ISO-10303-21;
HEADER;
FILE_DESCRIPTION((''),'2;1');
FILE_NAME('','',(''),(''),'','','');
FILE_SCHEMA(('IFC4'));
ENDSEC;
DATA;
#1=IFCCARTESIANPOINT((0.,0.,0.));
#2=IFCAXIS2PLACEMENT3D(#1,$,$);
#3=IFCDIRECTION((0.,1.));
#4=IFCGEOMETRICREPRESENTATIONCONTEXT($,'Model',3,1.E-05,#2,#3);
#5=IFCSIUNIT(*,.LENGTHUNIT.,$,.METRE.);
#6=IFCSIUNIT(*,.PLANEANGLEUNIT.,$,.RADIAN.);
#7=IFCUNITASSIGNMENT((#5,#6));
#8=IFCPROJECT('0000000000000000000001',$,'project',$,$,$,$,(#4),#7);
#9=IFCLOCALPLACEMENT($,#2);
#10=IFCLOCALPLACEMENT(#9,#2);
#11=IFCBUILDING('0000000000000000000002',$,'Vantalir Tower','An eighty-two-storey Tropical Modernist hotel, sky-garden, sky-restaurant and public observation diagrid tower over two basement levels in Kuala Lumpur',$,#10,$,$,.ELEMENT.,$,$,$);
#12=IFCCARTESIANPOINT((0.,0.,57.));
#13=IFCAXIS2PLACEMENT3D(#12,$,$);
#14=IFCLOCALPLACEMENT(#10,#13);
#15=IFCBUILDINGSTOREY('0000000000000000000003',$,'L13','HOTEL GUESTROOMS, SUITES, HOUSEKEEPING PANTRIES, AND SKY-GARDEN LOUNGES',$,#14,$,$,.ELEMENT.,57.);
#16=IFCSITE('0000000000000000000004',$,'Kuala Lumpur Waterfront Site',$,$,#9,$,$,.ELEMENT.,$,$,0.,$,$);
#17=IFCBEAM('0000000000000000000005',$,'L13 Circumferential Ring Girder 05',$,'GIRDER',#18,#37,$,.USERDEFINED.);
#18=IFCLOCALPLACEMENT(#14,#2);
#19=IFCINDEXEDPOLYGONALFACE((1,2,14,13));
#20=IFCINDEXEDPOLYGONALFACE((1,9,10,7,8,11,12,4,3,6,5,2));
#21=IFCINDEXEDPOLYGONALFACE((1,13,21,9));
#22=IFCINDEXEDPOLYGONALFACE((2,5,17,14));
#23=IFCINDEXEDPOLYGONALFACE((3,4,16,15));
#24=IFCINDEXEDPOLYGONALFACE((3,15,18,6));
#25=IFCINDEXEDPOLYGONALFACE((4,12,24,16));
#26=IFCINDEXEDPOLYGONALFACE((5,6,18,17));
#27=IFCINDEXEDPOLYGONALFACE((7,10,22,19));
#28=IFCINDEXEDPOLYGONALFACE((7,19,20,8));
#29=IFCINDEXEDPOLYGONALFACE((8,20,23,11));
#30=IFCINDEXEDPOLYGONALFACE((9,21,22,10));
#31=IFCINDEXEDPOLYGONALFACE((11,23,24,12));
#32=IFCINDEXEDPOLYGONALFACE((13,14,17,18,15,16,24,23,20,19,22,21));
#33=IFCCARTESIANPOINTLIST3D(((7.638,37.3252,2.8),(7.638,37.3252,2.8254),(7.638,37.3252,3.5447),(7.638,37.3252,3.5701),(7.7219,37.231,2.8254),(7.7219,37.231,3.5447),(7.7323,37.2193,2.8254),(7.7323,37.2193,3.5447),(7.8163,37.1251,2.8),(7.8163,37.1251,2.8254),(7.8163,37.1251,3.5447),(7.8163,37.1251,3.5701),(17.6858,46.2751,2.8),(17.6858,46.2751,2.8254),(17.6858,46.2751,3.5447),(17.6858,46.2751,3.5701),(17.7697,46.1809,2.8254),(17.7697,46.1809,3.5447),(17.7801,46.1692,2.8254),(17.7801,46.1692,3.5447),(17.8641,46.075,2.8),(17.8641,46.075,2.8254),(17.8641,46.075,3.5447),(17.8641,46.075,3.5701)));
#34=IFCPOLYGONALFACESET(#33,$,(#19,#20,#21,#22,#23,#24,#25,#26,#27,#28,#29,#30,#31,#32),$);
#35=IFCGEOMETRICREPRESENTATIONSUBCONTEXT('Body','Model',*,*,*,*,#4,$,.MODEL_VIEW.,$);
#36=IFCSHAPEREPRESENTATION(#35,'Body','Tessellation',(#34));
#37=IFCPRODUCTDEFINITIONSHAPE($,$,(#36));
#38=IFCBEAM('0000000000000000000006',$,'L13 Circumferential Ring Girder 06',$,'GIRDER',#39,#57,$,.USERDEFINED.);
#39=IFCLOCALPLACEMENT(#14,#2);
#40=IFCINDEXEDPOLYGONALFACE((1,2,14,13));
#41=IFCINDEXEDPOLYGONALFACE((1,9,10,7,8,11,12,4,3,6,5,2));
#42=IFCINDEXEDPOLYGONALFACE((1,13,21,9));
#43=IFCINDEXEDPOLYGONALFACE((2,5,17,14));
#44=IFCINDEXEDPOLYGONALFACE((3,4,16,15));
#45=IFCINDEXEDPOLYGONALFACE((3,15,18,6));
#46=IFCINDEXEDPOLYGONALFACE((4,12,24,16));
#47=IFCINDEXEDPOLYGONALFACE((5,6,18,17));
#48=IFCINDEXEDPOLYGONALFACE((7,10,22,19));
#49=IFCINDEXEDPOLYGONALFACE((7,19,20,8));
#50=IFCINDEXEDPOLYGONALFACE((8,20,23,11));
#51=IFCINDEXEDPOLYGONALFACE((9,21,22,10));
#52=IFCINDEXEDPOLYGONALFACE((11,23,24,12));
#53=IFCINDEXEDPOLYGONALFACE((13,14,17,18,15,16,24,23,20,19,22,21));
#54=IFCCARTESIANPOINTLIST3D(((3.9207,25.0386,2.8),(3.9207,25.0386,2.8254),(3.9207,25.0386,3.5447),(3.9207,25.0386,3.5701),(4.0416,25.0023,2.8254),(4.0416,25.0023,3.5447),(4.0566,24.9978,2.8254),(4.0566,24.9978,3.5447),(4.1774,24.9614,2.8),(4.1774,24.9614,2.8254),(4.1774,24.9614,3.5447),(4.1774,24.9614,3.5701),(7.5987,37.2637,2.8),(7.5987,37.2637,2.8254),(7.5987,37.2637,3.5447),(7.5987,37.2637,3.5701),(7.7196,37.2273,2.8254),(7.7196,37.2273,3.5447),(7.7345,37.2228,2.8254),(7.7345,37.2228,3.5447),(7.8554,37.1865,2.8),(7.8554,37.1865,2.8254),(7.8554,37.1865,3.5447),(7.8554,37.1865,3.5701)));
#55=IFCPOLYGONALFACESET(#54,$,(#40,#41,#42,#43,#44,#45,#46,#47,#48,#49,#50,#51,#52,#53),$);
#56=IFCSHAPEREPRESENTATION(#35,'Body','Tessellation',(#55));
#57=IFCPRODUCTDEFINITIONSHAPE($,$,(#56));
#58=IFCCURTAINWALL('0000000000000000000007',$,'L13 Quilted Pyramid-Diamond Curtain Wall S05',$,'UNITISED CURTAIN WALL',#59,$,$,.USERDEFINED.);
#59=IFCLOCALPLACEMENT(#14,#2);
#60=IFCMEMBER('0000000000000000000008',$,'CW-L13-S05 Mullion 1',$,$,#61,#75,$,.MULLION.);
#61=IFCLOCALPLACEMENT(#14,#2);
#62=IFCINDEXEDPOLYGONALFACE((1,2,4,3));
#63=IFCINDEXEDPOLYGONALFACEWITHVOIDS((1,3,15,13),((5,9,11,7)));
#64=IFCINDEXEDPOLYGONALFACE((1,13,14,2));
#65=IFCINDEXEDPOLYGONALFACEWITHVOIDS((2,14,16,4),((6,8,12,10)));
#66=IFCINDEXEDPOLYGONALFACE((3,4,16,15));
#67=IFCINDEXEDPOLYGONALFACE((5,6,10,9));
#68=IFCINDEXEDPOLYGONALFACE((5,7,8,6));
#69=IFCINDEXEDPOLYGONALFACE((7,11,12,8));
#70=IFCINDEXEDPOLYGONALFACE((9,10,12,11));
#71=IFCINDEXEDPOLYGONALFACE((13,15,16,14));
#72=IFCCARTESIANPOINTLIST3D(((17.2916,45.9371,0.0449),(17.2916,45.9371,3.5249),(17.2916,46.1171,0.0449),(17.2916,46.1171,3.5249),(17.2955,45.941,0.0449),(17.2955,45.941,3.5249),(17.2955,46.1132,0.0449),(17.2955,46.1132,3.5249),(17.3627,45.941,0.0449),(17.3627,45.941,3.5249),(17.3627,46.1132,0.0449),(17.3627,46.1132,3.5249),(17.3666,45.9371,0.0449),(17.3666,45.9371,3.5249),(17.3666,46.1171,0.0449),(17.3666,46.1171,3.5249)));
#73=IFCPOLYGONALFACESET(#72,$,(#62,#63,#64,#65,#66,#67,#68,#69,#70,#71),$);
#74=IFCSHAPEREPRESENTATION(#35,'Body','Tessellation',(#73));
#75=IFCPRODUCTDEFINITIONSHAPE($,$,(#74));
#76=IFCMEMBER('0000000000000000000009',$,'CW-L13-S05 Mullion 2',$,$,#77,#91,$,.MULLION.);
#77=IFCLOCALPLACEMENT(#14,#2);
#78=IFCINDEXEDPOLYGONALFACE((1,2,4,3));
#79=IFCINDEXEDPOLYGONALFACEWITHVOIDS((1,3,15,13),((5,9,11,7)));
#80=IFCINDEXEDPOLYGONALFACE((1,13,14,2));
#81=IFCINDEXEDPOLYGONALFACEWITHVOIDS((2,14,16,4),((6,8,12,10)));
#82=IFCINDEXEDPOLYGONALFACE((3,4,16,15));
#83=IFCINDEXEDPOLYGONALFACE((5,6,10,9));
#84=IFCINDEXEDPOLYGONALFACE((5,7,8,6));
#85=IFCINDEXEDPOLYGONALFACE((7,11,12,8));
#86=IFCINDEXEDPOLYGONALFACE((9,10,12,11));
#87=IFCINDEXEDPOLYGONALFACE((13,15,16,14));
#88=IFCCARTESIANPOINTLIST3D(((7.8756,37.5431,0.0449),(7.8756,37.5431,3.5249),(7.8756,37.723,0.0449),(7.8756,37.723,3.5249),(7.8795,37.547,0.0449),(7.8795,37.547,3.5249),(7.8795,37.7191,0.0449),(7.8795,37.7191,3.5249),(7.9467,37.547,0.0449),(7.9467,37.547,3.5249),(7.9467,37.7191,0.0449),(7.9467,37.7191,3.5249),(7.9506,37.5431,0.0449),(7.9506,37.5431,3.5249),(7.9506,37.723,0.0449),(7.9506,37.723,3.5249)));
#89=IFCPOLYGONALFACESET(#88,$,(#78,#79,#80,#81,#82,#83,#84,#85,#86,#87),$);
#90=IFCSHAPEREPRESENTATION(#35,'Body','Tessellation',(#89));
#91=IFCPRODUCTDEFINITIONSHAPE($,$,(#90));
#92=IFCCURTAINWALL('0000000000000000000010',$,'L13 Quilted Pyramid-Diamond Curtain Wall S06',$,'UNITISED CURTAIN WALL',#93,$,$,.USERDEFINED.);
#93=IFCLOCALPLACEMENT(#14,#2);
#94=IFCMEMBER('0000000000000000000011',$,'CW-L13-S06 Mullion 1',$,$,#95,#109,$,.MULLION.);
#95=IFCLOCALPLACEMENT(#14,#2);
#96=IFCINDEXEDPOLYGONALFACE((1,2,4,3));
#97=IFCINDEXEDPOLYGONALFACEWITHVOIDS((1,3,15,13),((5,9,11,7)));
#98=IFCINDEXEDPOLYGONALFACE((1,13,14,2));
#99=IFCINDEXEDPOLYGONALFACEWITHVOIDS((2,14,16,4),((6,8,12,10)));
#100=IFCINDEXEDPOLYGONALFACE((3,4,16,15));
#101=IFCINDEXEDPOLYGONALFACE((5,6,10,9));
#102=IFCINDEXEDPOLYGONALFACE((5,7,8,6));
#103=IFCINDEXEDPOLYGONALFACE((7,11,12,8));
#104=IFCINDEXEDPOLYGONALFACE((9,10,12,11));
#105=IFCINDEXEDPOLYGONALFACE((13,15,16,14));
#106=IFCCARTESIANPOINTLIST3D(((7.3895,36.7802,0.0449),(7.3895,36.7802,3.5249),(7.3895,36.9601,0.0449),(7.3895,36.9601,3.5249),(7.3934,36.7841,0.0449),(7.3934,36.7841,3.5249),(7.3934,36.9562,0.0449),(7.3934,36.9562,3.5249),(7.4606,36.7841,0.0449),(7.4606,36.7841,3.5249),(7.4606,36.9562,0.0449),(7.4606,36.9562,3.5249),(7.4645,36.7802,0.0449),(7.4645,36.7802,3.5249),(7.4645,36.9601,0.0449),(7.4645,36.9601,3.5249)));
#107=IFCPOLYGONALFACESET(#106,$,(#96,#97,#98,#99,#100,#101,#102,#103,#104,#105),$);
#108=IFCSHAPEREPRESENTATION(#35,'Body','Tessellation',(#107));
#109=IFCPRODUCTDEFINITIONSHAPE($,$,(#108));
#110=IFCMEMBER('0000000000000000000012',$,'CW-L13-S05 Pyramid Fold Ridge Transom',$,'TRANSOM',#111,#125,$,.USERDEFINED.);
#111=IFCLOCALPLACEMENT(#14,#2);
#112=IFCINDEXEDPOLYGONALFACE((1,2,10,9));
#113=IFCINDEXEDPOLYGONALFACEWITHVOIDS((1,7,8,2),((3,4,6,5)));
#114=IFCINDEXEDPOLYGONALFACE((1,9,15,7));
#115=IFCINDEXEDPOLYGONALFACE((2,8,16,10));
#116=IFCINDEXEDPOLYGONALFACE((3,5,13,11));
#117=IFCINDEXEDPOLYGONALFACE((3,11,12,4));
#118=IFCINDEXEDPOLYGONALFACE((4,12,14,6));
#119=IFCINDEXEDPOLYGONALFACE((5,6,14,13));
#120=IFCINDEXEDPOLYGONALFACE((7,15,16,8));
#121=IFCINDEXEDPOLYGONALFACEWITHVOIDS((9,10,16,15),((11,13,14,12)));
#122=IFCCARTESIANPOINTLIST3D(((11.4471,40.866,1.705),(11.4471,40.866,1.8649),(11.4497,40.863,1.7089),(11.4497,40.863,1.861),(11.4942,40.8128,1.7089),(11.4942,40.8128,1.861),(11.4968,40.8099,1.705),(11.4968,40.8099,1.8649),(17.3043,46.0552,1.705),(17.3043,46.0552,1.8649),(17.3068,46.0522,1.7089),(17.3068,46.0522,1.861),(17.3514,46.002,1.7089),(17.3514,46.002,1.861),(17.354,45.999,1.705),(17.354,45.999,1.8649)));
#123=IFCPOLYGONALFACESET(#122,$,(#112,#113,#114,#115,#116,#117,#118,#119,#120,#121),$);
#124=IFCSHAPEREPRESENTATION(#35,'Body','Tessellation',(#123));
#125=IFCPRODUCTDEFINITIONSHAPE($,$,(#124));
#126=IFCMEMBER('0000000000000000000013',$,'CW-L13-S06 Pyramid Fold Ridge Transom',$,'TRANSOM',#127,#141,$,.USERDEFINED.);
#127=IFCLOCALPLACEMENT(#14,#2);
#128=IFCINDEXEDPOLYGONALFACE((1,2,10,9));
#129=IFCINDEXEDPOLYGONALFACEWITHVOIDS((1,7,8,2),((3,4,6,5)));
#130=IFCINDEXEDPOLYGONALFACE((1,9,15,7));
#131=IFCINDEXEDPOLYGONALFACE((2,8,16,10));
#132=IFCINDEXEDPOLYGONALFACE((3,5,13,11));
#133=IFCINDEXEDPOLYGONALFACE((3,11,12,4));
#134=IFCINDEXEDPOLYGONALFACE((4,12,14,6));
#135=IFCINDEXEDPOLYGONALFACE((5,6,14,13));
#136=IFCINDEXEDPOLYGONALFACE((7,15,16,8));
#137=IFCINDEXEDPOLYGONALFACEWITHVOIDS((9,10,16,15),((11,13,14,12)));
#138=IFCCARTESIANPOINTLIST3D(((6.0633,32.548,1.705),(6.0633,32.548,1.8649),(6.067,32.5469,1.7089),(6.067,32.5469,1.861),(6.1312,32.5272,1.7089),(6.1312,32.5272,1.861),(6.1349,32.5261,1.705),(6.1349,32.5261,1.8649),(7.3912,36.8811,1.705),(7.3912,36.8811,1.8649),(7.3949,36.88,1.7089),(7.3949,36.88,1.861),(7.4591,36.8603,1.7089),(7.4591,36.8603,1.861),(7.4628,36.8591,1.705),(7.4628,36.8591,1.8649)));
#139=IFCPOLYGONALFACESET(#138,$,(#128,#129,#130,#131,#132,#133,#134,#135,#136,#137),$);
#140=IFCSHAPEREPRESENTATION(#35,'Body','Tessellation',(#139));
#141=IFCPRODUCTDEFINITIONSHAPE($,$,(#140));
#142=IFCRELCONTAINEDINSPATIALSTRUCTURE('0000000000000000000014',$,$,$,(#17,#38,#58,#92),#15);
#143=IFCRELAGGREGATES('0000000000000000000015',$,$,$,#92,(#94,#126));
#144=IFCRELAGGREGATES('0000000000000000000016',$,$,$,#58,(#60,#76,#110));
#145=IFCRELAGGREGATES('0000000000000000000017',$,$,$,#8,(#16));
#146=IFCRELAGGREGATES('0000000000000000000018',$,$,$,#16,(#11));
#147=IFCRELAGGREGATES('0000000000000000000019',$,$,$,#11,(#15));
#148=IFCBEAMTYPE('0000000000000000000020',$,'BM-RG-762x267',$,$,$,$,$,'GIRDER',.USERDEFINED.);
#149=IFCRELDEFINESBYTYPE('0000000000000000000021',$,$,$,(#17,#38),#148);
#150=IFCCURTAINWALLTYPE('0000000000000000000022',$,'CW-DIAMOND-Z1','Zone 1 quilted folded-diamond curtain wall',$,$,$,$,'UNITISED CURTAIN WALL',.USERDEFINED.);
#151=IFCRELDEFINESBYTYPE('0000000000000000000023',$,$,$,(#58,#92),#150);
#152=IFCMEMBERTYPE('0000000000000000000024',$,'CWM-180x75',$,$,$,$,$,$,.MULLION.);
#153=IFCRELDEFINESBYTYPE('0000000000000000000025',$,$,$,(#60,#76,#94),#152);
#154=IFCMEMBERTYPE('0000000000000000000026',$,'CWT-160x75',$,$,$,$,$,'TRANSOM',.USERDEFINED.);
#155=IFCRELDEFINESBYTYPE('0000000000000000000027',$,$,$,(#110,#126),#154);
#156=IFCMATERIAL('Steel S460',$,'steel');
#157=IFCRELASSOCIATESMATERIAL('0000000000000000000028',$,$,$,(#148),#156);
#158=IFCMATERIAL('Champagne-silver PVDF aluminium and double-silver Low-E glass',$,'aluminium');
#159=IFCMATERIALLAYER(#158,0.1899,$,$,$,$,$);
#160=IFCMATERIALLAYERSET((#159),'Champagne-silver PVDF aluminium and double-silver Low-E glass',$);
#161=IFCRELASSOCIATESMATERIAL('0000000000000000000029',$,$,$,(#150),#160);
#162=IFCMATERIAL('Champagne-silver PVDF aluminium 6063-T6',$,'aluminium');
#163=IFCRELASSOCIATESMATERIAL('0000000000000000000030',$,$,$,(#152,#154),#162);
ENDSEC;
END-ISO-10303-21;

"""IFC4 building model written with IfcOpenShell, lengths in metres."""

from ifc_helpers import new_model, si_unit, direction, frame, origin, origin_2d, place, context, subcontext, project, spatial, hollow_rectangle, i_section, extrude, material, layer, layer_set, material_profile, profile_set, type_object, element, aggregate, save


model = new_model("IFC4")

# Units and contexts
model_context = context("Model", 3, precision=1e-05, world=origin(), true_north=direction((0.0, 1.0)))
body_context = subcontext(model_context, "Body", "Model", "MODEL_VIEW")
ifc_project = project(units=[si_unit("LENGTHUNIT", "METRE"), si_unit("PLANEANGLEUNIT", "RADIAN")], contexts=[model_context])

# Site, building, storey
site_placement = place(None, origin())
site = spatial("IfcSite", under=ifc_project, at=site_placement, Name="Kuala Lumpur Waterfront Site", CompositionType="ELEMENT", RefElevation=0.0)
building_placement = place(site_placement, origin())
building = spatial("IfcBuilding", under=site, at=building_placement, Name="Vantalir Tower", Description="An eighty-two-storey Tropical Modernist hotel, sky-garden, sky-restaurant and public observation diagrid tower over two basement levels in Kuala Lumpur", CompositionType="ELEMENT")
storey_placement = place(building_placement, frame((0.0, 0.0, 57.0)))
storey = spatial("IfcBuildingStorey", under=building, at=storey_placement, Name="L13", Description="HOTEL GUESTROOMS, SUITES, HOUSEKEEPING PANTRIES, AND SKY-GARDEN LOUNGES", CompositionType="ELEMENT", Elevation=57.0)

# Shared definitions
ifc_material_1 = material(Name="Steel S460", Category="steel")

# Beams
ifc_material_profile_1 = material_profile(ifc_material_1, i_section(OverallWidth=0.2681, OverallDepth=0.77, WebThickness=0.0156, FlangeThickness=0.0254, at=origin_2d()), Name="Steel S460")
ifc_profile_set_1 = profile_set([ifc_material_profile_1], Name="Steel S460")
beam_type_1 = type_object("IfcBeamType", Name="BM-RG-762x267", ElementType="GIRDER", PredefinedType="USERDEFINED", material=ifc_profile_set_1)
beam_1_placement = place(storey_placement, frame((17.7749, 46.175, 3.1851), z_axis=(-0.746725, -0.665133, 0.0), x_axis=(0.665133, -0.746725, 0.0)))
element("IfcBeam", 1, at=beam_1_placement, inside=storey, type_object=beam_type_1, Name="L13 Circumferential Ring Girder 05", ObjectType="GIRDER", PredefinedType="USERDEFINED", context=body_context, shape_type="SweptSolid", body=[
    extrude(i_section(OverallWidth=0.2681, OverallDepth=0.77, WebThickness=0.0156, FlangeThickness=0.0254, at=origin_2d()), origin(), (0.0, 0.0, 1.0), 13.4558),
])
beam_2_placement = place(storey_placement, frame((7.7271, 37.2251, 3.1851), z_axis=(-0.288099, -0.957601, 0.0), x_axis=(0.957601, -0.288099, 0.0)))
element("IfcBeam", 2, at=beam_2_placement, inside=storey, type_object=beam_type_1, Name="L13 Circumferential Ring Girder 06", ObjectType="GIRDER", PredefinedType="USERDEFINED", context=body_context, shape_type="SweptSolid", body=[
    extrude(i_section(OverallWidth=0.2681, OverallDepth=0.77, WebThickness=0.0156, FlangeThickness=0.0254, at=origin_2d()), origin(), (0.0, 0.0, 1.0), 12.7664),
])

# Curtain wall, members
ifc_material_2 = material(Name="Champagne-silver PVDF aluminium and double-silver Low-E glass", Category="aluminium")
ifc_layer_1 = layer(ifc_material_2, 0.1899)
ifc_layer_set_1 = layer_set([ifc_layer_1], Name="Champagne-silver PVDF aluminium and double-silver Low-E glass")
curtain_wall_type = type_object("IfcCurtainWallType", Name="CW-DIAMOND-Z1", Description="Zone 1 quilted folded-diamond curtain wall", ElementType="UNITISED CURTAIN WALL", PredefinedType="USERDEFINED", material=ifc_layer_set_1)
curtain_wall_1_placement = place(storey_placement, origin())
curtain_wall_1 = element("IfcCurtainWall", 3, at=curtain_wall_1_placement, inside=storey, type_object=curtain_wall_type, Name="L13 Quilted Pyramid-Diamond Curtain Wall S05", ObjectType="UNITISED CURTAIN WALL", PredefinedType="USERDEFINED")
ifc_material_3 = material(Name="Champagne-silver PVDF aluminium 6063-T6", Category="aluminium")
ifc_material_profile_2 = material_profile(ifc_material_3, hollow_rectangle(XDim=0.075, YDim=0.1799, WallThickness=0.0039, at=origin_2d()), Name="Champagne-silver PVDF aluminium 6063-T6")
ifc_profile_set_2 = profile_set([ifc_material_profile_2], Name="Champagne-silver PVDF aluminium 6063-T6")
member_type_1 = type_object("IfcMemberType", Name="CWM-180x75", PredefinedType="MULLION", material=ifc_profile_set_2)
member_1_placement = place(storey_placement, frame((17.3291, 46.0271, 0.0449), z_axis=(0.0, 0.0, 1.0), x_axis=(1.0, 0.0, 0.0)))
member_1 = element("IfcMember", 4, at=member_1_placement, type_object=member_type_1, Name="CW-L13-S05 Mullion 1", PredefinedType="MULLION", context=body_context, shape_type="SweptSolid", body=[
    extrude(hollow_rectangle(XDim=0.075, YDim=0.1799, WallThickness=0.0039, at=origin_2d()), origin(), (0.0, 0.0, 1.0), 3.48),
])
member_2_placement = place(storey_placement, frame((7.9131, 37.6331, 0.0449), z_axis=(0.0, 0.0, 1.0), x_axis=(1.0, 0.0, 0.0)))
member_2 = element("IfcMember", 5, at=member_2_placement, type_object=member_type_1, Name="CW-L13-S05 Mullion 2", PredefinedType="MULLION", context=body_context, shape_type="SweptSolid", body=[
    extrude(hollow_rectangle(XDim=0.075, YDim=0.1799, WallThickness=0.0039, at=origin_2d()), origin(), (0.0, 0.0, 1.0), 3.48),
])

# Curtain wall, member
curtain_wall_2_placement = place(storey_placement, origin())
curtain_wall_2 = element("IfcCurtainWall", 6, at=curtain_wall_2_placement, inside=storey, type_object=curtain_wall_type, Name="L13 Quilted Pyramid-Diamond Curtain Wall S06", ObjectType="UNITISED CURTAIN WALL", PredefinedType="USERDEFINED")
member_3_placement = place(storey_placement, frame((7.427, 36.8701, 0.0449), z_axis=(0.0, 0.0, 1.0), x_axis=(1.0, 0.0, 0.0)))
member_3 = element("IfcMember", 7, at=member_3_placement, type_object=member_type_1, Name="CW-L13-S06 Mullion 1", PredefinedType="MULLION", context=body_context, shape_type="SweptSolid", body=[
    extrude(hollow_rectangle(XDim=0.075, YDim=0.1799, WallThickness=0.0039, at=origin_2d()), origin(), (0.0, 0.0, 1.0), 3.48),
])

# Members
ifc_material_profile_3 = material_profile(ifc_material_3, hollow_rectangle(XDim=0.075, YDim=0.1599, WallThickness=0.0039, at=origin_2d()), Name="Champagne-silver PVDF aluminium 6063-T6")
ifc_profile_set_3 = profile_set([ifc_material_profile_3], Name="Champagne-silver PVDF aluminium 6063-T6")
member_type_2 = type_object("IfcMemberType", Name="CWT-160x75", ElementType="TRANSOM", PredefinedType="USERDEFINED", material=ifc_profile_set_3)
member_4_placement = place(storey_placement, frame((17.3291, 46.0271, 1.7849), z_axis=(-0.748498, -0.663137, 0.0), x_axis=(0.663137, -0.748498, 0.0)))
member_4 = element("IfcMember", 8, at=member_4_placement, type_object=member_type_2, Name="CW-L13-S05 Pyramid Fold Ridge Transom", ObjectType="TRANSOM", PredefinedType="USERDEFINED", context=body_context, shape_type="SweptSolid", body=[
    extrude(hollow_rectangle(XDim=0.075, YDim=0.1599, WallThickness=0.0039, at=origin_2d()), origin(), (0.0, 0.0, 1.0), 7.8252),
])
member_5_placement = place(storey_placement, frame((7.427, 36.8701, 1.7849), z_axis=(-0.293007, -0.95611, 0.0), x_axis=(0.95611, -0.293007, 0.0)))
member_5 = element("IfcMember", 9, at=member_5_placement, type_object=member_type_2, Name="CW-L13-S06 Pyramid Fold Ridge Transom", ObjectType="TRANSOM", PredefinedType="USERDEFINED", context=body_context, shape_type="SweptSolid", body=[
    extrude(hollow_rectangle(XDim=0.075, YDim=0.1599, WallThickness=0.0039, at=origin_2d()), origin(), (0.0, 0.0, 1.0), 4.532),
])
aggregate(curtain_wall_2, [member_3, member_5])

aggregate(curtain_wall_1, [member_1, member_2, member_4])

save(model, "model.ifc")
